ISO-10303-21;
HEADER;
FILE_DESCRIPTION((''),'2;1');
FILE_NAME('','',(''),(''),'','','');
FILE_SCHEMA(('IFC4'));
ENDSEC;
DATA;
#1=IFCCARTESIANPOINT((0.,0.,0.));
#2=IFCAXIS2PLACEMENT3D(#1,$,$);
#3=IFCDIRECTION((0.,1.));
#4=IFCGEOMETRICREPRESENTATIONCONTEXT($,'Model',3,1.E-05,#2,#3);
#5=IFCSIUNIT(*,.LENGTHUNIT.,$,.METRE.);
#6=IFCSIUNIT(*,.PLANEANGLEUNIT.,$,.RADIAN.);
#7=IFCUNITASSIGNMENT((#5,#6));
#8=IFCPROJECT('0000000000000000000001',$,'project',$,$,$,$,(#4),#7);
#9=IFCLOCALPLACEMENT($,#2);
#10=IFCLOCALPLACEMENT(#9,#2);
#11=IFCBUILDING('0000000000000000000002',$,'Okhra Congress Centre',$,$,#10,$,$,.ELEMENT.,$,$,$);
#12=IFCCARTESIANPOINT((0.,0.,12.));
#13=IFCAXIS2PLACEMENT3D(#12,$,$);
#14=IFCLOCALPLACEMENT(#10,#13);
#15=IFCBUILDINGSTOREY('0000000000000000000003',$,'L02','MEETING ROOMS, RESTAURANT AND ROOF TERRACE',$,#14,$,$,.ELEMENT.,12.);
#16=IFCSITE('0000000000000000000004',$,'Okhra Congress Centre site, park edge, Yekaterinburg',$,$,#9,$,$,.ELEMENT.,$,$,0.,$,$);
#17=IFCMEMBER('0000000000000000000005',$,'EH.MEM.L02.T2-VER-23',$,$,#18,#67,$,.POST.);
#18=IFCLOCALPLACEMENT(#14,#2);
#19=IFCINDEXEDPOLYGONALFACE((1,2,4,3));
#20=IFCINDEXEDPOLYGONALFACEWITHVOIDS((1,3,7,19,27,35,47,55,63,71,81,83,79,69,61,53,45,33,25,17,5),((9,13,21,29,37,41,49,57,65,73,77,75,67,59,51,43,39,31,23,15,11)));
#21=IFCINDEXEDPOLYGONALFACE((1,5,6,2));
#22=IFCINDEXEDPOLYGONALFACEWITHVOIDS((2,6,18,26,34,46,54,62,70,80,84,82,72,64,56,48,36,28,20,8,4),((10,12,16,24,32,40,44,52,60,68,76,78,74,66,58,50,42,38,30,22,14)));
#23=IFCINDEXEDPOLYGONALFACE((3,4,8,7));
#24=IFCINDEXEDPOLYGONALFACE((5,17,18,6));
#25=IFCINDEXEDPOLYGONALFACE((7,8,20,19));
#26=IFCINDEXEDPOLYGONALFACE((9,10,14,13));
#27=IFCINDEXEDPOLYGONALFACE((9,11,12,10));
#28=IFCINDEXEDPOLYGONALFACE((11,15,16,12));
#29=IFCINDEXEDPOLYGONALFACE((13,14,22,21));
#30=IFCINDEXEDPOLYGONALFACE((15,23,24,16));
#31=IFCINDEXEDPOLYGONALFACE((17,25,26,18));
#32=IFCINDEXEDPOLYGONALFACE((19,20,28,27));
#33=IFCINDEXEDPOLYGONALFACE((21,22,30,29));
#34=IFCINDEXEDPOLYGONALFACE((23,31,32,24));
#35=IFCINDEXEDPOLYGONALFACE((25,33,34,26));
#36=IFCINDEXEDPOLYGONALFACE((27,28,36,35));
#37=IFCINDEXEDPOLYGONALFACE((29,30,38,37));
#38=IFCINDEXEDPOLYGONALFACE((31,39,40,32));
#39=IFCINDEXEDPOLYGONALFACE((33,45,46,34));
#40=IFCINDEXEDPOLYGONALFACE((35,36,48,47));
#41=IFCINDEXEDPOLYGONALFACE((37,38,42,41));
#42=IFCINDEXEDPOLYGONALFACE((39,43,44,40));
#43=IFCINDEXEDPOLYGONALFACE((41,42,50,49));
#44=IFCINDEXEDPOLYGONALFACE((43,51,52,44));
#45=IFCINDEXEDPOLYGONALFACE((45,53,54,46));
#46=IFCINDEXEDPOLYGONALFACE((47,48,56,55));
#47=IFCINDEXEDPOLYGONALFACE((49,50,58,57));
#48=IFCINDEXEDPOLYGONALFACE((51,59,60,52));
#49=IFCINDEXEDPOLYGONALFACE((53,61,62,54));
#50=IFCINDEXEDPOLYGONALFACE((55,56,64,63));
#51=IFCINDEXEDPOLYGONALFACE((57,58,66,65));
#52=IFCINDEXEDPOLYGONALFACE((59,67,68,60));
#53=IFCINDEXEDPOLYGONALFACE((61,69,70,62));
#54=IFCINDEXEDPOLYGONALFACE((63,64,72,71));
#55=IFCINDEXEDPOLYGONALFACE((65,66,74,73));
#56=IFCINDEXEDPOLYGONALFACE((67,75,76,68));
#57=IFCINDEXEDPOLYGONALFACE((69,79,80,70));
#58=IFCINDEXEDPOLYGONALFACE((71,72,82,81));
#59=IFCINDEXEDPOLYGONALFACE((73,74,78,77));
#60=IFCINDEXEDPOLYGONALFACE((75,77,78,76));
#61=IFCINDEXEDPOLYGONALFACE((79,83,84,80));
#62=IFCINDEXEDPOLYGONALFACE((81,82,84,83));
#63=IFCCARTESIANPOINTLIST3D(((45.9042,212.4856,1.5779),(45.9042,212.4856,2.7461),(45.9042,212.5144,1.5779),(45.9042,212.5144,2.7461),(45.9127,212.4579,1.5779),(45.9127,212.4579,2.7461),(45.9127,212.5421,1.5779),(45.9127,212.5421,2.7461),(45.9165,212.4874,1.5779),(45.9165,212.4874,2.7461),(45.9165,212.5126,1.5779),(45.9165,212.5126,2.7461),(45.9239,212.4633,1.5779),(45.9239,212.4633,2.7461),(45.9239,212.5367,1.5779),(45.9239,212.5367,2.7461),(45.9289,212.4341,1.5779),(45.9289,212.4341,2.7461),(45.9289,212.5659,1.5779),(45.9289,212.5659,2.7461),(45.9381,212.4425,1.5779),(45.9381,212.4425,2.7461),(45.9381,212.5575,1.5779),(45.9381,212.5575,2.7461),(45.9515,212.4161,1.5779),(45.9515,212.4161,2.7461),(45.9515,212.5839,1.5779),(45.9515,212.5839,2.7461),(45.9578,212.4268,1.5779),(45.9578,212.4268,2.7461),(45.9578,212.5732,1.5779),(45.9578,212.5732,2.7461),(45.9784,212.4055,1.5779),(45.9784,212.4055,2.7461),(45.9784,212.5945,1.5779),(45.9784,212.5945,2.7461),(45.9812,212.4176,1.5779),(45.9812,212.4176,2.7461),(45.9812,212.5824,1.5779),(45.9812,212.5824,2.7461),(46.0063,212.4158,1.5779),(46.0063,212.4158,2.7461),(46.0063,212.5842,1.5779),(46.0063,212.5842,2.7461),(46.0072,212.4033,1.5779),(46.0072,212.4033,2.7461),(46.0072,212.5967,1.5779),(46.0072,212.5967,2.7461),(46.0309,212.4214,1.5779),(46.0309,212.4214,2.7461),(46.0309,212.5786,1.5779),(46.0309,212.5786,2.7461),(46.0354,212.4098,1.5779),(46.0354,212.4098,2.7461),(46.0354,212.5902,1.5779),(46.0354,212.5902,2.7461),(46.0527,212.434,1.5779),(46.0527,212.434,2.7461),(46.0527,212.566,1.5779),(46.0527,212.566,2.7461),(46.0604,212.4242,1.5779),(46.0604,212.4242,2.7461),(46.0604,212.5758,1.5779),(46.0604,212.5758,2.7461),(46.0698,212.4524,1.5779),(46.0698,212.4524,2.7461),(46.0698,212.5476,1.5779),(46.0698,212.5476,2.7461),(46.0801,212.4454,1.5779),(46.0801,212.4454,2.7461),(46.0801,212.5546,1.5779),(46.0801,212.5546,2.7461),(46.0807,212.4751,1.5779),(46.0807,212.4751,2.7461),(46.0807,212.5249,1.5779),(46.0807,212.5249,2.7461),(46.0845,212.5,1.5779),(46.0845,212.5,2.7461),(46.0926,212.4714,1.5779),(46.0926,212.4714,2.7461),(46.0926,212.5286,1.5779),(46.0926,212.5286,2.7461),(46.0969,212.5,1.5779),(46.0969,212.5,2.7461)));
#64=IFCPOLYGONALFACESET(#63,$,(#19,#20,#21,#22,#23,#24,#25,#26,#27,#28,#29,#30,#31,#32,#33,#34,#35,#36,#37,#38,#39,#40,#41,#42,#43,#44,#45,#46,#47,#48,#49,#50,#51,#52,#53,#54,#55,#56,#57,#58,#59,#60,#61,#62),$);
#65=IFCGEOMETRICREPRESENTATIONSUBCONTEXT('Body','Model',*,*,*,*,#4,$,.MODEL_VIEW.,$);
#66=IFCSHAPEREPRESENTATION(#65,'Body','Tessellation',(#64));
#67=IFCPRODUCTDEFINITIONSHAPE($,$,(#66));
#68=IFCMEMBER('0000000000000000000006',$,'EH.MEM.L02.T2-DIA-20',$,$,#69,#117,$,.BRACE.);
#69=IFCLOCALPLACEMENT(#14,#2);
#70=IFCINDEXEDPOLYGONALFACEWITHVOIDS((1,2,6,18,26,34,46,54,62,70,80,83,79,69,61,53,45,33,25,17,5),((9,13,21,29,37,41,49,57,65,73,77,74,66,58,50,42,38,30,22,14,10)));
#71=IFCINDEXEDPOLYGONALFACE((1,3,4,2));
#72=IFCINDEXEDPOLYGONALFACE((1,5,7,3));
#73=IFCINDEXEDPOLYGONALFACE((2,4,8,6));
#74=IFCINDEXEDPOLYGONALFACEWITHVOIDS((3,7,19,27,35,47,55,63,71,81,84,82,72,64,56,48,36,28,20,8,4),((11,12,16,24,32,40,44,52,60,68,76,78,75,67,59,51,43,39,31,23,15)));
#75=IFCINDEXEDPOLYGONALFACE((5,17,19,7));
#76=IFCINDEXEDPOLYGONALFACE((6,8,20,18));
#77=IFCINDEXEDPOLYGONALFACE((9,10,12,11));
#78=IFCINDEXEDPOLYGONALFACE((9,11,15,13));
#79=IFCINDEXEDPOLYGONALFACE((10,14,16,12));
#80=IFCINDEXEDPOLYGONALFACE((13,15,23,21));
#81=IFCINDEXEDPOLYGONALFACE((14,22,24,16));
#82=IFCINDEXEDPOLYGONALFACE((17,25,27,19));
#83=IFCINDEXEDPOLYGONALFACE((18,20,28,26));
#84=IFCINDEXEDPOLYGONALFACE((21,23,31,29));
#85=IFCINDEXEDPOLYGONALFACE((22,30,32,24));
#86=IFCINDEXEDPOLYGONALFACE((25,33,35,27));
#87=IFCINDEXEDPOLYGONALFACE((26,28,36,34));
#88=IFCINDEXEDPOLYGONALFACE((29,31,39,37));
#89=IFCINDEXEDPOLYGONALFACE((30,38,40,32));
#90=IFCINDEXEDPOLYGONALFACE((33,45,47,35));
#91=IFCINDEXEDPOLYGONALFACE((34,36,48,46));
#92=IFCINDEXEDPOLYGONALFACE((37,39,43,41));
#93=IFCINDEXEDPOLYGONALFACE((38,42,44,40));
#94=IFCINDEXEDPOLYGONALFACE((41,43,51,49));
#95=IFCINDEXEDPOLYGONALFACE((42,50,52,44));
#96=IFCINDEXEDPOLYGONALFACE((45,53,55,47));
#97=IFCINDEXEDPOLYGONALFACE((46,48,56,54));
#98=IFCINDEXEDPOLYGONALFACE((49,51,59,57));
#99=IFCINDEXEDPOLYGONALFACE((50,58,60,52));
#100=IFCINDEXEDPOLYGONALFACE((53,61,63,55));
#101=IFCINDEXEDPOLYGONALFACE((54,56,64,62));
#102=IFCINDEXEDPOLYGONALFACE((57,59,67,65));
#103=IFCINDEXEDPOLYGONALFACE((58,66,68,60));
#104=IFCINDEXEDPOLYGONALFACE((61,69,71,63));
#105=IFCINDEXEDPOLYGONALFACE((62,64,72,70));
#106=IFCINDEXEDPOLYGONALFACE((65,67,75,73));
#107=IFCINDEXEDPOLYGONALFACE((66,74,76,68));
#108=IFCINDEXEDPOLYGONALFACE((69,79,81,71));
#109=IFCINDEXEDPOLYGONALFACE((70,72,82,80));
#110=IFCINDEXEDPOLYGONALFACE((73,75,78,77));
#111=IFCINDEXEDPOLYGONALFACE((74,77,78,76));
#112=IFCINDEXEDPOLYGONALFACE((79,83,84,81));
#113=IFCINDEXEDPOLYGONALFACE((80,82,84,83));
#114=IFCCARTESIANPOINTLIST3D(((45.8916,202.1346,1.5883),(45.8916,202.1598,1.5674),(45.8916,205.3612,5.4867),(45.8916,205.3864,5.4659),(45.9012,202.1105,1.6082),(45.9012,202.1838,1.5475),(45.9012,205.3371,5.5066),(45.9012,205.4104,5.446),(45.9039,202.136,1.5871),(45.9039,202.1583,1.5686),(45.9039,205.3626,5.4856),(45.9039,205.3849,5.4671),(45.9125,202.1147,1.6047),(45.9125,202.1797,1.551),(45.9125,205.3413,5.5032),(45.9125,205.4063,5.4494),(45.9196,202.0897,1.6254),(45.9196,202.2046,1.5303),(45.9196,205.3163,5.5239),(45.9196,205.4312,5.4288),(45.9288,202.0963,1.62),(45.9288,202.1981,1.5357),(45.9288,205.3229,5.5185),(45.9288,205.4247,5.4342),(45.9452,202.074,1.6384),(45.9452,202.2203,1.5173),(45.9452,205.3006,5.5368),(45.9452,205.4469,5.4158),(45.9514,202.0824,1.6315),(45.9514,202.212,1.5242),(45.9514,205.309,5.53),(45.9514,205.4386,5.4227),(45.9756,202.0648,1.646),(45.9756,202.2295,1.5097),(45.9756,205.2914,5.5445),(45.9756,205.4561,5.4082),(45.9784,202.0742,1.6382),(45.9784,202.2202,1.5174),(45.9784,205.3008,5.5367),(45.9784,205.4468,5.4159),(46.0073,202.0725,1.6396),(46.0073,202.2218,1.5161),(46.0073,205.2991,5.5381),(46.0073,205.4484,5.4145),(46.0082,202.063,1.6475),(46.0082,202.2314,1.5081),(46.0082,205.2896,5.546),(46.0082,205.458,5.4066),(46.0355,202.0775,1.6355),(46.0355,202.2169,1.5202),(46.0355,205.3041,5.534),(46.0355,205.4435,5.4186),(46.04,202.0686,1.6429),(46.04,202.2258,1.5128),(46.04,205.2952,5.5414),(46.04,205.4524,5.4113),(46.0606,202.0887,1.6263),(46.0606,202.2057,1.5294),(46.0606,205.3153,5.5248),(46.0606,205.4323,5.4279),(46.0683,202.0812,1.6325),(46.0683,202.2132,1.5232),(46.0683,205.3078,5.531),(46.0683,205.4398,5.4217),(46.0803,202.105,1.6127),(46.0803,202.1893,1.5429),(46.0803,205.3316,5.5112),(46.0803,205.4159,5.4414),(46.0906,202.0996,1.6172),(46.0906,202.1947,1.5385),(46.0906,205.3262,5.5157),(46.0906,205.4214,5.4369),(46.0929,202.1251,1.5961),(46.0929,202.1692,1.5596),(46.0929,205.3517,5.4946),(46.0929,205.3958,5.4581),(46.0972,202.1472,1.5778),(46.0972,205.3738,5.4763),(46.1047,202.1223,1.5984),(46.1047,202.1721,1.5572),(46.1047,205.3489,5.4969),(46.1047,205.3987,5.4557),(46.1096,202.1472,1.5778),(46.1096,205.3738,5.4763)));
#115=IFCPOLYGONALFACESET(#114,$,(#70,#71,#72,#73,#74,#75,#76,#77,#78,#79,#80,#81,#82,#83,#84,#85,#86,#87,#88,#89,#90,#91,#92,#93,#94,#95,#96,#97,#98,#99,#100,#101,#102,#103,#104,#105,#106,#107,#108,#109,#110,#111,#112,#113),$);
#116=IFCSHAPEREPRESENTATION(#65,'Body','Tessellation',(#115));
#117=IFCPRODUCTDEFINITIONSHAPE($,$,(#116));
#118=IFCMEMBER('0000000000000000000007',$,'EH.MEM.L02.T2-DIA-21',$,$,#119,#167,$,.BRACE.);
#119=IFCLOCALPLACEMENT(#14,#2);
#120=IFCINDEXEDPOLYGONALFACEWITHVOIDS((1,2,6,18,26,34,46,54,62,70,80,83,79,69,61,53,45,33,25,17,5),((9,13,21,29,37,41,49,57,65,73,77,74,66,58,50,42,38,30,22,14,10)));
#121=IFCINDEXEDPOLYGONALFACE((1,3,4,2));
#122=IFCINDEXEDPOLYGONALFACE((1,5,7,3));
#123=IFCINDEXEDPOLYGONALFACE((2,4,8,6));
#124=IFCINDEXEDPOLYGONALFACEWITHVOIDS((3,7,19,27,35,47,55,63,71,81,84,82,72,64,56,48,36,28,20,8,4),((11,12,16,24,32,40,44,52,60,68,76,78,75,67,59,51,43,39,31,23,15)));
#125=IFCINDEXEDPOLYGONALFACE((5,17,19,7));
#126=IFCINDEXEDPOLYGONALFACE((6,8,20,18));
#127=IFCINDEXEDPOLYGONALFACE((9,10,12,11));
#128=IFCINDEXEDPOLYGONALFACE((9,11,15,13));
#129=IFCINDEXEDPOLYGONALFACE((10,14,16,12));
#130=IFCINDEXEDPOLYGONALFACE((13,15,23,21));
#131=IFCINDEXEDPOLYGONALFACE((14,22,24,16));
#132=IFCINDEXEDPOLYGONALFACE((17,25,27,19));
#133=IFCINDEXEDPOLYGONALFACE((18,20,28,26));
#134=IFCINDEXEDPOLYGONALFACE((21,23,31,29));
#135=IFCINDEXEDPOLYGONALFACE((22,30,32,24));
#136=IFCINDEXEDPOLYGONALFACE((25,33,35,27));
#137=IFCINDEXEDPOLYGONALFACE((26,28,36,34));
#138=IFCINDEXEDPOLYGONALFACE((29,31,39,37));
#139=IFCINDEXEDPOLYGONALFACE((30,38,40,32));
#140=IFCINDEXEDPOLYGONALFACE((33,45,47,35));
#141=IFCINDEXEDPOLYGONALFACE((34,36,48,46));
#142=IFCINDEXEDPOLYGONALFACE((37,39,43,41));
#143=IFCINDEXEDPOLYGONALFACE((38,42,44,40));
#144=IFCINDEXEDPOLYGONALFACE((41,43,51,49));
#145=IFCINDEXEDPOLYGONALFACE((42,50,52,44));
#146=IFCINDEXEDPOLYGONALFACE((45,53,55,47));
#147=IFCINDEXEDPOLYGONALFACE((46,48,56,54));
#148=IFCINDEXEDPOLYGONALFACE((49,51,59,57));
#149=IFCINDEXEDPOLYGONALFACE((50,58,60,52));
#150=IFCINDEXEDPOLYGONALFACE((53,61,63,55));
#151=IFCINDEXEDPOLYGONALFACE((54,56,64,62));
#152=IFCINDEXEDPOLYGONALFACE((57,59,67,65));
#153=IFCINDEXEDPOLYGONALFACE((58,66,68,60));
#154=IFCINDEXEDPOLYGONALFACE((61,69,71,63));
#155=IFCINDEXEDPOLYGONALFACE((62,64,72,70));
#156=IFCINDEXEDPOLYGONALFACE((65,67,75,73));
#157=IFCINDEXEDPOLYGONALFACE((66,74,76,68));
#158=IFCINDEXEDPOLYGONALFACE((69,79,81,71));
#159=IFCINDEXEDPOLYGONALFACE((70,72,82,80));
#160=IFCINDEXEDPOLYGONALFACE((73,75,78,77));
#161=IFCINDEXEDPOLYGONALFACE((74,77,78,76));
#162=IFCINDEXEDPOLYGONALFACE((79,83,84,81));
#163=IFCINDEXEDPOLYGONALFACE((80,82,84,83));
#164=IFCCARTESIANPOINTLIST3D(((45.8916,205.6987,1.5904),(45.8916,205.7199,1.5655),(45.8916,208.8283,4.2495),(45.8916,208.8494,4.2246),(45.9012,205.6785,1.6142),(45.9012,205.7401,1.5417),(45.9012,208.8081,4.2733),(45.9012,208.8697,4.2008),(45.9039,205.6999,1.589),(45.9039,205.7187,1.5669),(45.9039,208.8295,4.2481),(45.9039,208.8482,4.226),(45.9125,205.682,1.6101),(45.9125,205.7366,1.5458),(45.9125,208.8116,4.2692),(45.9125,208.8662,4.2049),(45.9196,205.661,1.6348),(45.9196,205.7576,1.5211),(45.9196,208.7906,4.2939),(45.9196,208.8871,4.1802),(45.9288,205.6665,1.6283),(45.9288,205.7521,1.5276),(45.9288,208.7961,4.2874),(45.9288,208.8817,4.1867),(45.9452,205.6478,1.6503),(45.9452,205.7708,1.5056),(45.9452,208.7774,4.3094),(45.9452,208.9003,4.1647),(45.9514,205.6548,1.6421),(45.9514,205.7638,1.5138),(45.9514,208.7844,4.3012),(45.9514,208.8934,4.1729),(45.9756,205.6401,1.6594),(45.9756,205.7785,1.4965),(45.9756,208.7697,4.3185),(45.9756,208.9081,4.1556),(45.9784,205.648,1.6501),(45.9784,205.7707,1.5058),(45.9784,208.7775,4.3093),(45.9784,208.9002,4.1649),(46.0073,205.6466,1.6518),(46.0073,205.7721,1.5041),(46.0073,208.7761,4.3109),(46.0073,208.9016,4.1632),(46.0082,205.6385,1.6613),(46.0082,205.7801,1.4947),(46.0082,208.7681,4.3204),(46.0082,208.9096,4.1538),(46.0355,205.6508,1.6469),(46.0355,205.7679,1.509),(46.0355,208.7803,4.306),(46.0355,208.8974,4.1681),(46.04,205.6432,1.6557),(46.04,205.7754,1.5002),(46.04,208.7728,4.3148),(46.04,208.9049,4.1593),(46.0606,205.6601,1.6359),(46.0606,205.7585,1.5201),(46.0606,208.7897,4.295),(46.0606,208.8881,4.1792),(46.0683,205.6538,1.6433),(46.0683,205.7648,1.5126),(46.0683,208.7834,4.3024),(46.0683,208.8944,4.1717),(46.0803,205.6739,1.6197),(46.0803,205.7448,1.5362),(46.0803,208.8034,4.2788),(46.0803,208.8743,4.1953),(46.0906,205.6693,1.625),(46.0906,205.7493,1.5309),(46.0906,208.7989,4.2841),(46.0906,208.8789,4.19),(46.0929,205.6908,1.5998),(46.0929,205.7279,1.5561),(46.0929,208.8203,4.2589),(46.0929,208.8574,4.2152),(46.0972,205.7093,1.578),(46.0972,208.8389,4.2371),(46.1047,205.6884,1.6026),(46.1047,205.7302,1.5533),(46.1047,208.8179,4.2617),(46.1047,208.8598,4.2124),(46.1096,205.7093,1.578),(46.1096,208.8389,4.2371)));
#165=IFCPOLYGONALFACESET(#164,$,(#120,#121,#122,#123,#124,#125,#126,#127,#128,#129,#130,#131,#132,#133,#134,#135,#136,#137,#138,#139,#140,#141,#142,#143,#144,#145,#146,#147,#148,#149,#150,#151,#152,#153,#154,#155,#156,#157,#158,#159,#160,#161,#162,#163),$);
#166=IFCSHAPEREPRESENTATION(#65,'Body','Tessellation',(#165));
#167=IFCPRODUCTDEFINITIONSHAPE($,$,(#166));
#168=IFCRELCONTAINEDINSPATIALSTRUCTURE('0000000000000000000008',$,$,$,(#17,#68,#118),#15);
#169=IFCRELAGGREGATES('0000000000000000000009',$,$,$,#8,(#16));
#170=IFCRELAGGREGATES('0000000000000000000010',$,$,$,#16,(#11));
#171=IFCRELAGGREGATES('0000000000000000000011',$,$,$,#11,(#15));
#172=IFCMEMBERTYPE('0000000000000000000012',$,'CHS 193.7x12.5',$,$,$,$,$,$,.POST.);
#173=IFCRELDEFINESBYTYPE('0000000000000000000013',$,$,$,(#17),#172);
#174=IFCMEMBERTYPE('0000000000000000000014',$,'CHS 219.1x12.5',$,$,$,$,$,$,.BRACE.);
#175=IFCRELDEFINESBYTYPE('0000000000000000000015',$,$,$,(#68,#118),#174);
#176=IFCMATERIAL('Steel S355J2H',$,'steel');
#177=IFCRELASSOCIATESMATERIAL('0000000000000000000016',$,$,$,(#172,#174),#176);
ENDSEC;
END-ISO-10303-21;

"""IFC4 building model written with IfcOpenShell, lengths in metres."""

from ifc_helpers import new_model, si_unit, direction, frame, origin, origin_2d, place, context, subcontext, project, spatial, hollow_circle, extrude, material, material_profile, profile_set, type_object, element, save


model = new_model("IFC4")

# Units and contexts
model_context = context("Model", 3, precision=1e-05, world=origin(), true_north=direction((0.0, 1.0)))
body_context = subcontext(model_context, "Body", "Model", "MODEL_VIEW")
ifc_project = project(units=[si_unit("LENGTHUNIT", "METRE"), si_unit("PLANEANGLEUNIT", "RADIAN")], contexts=[model_context])

# Site, building, storey
site_placement = place(None, origin())
site = spatial("IfcSite", under=ifc_project, at=site_placement, Name="Okhra Congress Centre site, park edge, Yekaterinburg", CompositionType="ELEMENT", RefElevation=0.0)
building_placement = place(site_placement, origin())
building = spatial("IfcBuilding", under=site, at=building_placement, Name="Okhra Congress Centre", CompositionType="ELEMENT")
storey_placement = place(building_placement, frame((0.0, 0.0, 12.0)))
storey = spatial("IfcBuildingStorey", under=building, at=storey_placement, Name="L02", Description="MEETING ROOMS, RESTAURANT AND ROOF TERRACE", CompositionType="ELEMENT", Elevation=12.0)

# Members
ifc_material_1 = material(Name="Steel S355J2H", Category="steel")
ifc_material_profile_1 = material_profile(ifc_material_1, hollow_circle(Radius=0.0969, WallThickness=0.0125, at=origin_2d()), Name="CHS 193.7x12.5")
ifc_profile_set_1 = profile_set([ifc_material_profile_1], Name="Steel S355J2H")
member_type_1 = type_object("IfcMemberType", Name="CHS 193.7x12.5", PredefinedType="POST", material=ifc_profile_set_1)
member_1_placement = place(storey_placement, frame((46.0, 212.5, 1.5779), z_axis=(0.0, 0.0, 1.0), x_axis=(1.0, 0.0, 0.0)))
element("IfcMember", 1, at=member_1_placement, inside=storey, type_object=member_type_1, Name="EH.MEM.L02.T2-VER-23", PredefinedType="POST", context=body_context, shape_type="SweptSolid", body=[
    extrude(hollow_circle(Radius=0.0969, WallThickness=0.0125, at=origin_2d()), origin(), (0.0, 0.0, 1.0), 1.1682),
])
ifc_material_profile_2 = material_profile(ifc_material_1, hollow_circle(Radius=0.1096, WallThickness=0.0125, at=origin_2d()), Name="CHS 219.1x12.5")
ifc_profile_set_2 = profile_set([ifc_material_profile_2], Name="Steel S355J2H")
member_type_2 = type_object("IfcMemberType", Name="CHS 219.1x12.5", PredefinedType="BRACE", material=ifc_profile_set_2)
member_2_placement = place(storey_placement, frame((46.0, 205.3738, 5.4763), z_axis=(0.0, -0.637599, -0.770368), x_axis=(1.0, 0.0, 0.0)))
element("IfcMember", 2, at=member_2_placement, inside=storey, type_object=member_type_2, Name="EH.MEM.L02.T2-DIA-20", PredefinedType="BRACE", context=body_context, shape_type="SweptSolid", body=[
    extrude(hollow_circle(Radius=0.1096, WallThickness=0.0125, at=origin_2d()), origin(), (0.0, 0.0, 1.0), 5.0605),
])
member_3_placement = place(storey_placement, frame((46.0, 208.8389, 4.2371), z_axis=(0.0, -0.762061, -0.647505), x_axis=(1.0, 0.0, 0.0)))
element("IfcMember", 3, at=member_3_placement, inside=storey, type_object=member_type_2, Name="EH.MEM.L02.T2-DIA-21", PredefinedType="BRACE", context=body_context, shape_type="SweptSolid", body=[
    extrude(hollow_circle(Radius=0.1096, WallThickness=0.0125, at=origin_2d()), origin(), (0.0, 0.0, 1.0), 4.1067),
])

save(model, "model.ifc")
